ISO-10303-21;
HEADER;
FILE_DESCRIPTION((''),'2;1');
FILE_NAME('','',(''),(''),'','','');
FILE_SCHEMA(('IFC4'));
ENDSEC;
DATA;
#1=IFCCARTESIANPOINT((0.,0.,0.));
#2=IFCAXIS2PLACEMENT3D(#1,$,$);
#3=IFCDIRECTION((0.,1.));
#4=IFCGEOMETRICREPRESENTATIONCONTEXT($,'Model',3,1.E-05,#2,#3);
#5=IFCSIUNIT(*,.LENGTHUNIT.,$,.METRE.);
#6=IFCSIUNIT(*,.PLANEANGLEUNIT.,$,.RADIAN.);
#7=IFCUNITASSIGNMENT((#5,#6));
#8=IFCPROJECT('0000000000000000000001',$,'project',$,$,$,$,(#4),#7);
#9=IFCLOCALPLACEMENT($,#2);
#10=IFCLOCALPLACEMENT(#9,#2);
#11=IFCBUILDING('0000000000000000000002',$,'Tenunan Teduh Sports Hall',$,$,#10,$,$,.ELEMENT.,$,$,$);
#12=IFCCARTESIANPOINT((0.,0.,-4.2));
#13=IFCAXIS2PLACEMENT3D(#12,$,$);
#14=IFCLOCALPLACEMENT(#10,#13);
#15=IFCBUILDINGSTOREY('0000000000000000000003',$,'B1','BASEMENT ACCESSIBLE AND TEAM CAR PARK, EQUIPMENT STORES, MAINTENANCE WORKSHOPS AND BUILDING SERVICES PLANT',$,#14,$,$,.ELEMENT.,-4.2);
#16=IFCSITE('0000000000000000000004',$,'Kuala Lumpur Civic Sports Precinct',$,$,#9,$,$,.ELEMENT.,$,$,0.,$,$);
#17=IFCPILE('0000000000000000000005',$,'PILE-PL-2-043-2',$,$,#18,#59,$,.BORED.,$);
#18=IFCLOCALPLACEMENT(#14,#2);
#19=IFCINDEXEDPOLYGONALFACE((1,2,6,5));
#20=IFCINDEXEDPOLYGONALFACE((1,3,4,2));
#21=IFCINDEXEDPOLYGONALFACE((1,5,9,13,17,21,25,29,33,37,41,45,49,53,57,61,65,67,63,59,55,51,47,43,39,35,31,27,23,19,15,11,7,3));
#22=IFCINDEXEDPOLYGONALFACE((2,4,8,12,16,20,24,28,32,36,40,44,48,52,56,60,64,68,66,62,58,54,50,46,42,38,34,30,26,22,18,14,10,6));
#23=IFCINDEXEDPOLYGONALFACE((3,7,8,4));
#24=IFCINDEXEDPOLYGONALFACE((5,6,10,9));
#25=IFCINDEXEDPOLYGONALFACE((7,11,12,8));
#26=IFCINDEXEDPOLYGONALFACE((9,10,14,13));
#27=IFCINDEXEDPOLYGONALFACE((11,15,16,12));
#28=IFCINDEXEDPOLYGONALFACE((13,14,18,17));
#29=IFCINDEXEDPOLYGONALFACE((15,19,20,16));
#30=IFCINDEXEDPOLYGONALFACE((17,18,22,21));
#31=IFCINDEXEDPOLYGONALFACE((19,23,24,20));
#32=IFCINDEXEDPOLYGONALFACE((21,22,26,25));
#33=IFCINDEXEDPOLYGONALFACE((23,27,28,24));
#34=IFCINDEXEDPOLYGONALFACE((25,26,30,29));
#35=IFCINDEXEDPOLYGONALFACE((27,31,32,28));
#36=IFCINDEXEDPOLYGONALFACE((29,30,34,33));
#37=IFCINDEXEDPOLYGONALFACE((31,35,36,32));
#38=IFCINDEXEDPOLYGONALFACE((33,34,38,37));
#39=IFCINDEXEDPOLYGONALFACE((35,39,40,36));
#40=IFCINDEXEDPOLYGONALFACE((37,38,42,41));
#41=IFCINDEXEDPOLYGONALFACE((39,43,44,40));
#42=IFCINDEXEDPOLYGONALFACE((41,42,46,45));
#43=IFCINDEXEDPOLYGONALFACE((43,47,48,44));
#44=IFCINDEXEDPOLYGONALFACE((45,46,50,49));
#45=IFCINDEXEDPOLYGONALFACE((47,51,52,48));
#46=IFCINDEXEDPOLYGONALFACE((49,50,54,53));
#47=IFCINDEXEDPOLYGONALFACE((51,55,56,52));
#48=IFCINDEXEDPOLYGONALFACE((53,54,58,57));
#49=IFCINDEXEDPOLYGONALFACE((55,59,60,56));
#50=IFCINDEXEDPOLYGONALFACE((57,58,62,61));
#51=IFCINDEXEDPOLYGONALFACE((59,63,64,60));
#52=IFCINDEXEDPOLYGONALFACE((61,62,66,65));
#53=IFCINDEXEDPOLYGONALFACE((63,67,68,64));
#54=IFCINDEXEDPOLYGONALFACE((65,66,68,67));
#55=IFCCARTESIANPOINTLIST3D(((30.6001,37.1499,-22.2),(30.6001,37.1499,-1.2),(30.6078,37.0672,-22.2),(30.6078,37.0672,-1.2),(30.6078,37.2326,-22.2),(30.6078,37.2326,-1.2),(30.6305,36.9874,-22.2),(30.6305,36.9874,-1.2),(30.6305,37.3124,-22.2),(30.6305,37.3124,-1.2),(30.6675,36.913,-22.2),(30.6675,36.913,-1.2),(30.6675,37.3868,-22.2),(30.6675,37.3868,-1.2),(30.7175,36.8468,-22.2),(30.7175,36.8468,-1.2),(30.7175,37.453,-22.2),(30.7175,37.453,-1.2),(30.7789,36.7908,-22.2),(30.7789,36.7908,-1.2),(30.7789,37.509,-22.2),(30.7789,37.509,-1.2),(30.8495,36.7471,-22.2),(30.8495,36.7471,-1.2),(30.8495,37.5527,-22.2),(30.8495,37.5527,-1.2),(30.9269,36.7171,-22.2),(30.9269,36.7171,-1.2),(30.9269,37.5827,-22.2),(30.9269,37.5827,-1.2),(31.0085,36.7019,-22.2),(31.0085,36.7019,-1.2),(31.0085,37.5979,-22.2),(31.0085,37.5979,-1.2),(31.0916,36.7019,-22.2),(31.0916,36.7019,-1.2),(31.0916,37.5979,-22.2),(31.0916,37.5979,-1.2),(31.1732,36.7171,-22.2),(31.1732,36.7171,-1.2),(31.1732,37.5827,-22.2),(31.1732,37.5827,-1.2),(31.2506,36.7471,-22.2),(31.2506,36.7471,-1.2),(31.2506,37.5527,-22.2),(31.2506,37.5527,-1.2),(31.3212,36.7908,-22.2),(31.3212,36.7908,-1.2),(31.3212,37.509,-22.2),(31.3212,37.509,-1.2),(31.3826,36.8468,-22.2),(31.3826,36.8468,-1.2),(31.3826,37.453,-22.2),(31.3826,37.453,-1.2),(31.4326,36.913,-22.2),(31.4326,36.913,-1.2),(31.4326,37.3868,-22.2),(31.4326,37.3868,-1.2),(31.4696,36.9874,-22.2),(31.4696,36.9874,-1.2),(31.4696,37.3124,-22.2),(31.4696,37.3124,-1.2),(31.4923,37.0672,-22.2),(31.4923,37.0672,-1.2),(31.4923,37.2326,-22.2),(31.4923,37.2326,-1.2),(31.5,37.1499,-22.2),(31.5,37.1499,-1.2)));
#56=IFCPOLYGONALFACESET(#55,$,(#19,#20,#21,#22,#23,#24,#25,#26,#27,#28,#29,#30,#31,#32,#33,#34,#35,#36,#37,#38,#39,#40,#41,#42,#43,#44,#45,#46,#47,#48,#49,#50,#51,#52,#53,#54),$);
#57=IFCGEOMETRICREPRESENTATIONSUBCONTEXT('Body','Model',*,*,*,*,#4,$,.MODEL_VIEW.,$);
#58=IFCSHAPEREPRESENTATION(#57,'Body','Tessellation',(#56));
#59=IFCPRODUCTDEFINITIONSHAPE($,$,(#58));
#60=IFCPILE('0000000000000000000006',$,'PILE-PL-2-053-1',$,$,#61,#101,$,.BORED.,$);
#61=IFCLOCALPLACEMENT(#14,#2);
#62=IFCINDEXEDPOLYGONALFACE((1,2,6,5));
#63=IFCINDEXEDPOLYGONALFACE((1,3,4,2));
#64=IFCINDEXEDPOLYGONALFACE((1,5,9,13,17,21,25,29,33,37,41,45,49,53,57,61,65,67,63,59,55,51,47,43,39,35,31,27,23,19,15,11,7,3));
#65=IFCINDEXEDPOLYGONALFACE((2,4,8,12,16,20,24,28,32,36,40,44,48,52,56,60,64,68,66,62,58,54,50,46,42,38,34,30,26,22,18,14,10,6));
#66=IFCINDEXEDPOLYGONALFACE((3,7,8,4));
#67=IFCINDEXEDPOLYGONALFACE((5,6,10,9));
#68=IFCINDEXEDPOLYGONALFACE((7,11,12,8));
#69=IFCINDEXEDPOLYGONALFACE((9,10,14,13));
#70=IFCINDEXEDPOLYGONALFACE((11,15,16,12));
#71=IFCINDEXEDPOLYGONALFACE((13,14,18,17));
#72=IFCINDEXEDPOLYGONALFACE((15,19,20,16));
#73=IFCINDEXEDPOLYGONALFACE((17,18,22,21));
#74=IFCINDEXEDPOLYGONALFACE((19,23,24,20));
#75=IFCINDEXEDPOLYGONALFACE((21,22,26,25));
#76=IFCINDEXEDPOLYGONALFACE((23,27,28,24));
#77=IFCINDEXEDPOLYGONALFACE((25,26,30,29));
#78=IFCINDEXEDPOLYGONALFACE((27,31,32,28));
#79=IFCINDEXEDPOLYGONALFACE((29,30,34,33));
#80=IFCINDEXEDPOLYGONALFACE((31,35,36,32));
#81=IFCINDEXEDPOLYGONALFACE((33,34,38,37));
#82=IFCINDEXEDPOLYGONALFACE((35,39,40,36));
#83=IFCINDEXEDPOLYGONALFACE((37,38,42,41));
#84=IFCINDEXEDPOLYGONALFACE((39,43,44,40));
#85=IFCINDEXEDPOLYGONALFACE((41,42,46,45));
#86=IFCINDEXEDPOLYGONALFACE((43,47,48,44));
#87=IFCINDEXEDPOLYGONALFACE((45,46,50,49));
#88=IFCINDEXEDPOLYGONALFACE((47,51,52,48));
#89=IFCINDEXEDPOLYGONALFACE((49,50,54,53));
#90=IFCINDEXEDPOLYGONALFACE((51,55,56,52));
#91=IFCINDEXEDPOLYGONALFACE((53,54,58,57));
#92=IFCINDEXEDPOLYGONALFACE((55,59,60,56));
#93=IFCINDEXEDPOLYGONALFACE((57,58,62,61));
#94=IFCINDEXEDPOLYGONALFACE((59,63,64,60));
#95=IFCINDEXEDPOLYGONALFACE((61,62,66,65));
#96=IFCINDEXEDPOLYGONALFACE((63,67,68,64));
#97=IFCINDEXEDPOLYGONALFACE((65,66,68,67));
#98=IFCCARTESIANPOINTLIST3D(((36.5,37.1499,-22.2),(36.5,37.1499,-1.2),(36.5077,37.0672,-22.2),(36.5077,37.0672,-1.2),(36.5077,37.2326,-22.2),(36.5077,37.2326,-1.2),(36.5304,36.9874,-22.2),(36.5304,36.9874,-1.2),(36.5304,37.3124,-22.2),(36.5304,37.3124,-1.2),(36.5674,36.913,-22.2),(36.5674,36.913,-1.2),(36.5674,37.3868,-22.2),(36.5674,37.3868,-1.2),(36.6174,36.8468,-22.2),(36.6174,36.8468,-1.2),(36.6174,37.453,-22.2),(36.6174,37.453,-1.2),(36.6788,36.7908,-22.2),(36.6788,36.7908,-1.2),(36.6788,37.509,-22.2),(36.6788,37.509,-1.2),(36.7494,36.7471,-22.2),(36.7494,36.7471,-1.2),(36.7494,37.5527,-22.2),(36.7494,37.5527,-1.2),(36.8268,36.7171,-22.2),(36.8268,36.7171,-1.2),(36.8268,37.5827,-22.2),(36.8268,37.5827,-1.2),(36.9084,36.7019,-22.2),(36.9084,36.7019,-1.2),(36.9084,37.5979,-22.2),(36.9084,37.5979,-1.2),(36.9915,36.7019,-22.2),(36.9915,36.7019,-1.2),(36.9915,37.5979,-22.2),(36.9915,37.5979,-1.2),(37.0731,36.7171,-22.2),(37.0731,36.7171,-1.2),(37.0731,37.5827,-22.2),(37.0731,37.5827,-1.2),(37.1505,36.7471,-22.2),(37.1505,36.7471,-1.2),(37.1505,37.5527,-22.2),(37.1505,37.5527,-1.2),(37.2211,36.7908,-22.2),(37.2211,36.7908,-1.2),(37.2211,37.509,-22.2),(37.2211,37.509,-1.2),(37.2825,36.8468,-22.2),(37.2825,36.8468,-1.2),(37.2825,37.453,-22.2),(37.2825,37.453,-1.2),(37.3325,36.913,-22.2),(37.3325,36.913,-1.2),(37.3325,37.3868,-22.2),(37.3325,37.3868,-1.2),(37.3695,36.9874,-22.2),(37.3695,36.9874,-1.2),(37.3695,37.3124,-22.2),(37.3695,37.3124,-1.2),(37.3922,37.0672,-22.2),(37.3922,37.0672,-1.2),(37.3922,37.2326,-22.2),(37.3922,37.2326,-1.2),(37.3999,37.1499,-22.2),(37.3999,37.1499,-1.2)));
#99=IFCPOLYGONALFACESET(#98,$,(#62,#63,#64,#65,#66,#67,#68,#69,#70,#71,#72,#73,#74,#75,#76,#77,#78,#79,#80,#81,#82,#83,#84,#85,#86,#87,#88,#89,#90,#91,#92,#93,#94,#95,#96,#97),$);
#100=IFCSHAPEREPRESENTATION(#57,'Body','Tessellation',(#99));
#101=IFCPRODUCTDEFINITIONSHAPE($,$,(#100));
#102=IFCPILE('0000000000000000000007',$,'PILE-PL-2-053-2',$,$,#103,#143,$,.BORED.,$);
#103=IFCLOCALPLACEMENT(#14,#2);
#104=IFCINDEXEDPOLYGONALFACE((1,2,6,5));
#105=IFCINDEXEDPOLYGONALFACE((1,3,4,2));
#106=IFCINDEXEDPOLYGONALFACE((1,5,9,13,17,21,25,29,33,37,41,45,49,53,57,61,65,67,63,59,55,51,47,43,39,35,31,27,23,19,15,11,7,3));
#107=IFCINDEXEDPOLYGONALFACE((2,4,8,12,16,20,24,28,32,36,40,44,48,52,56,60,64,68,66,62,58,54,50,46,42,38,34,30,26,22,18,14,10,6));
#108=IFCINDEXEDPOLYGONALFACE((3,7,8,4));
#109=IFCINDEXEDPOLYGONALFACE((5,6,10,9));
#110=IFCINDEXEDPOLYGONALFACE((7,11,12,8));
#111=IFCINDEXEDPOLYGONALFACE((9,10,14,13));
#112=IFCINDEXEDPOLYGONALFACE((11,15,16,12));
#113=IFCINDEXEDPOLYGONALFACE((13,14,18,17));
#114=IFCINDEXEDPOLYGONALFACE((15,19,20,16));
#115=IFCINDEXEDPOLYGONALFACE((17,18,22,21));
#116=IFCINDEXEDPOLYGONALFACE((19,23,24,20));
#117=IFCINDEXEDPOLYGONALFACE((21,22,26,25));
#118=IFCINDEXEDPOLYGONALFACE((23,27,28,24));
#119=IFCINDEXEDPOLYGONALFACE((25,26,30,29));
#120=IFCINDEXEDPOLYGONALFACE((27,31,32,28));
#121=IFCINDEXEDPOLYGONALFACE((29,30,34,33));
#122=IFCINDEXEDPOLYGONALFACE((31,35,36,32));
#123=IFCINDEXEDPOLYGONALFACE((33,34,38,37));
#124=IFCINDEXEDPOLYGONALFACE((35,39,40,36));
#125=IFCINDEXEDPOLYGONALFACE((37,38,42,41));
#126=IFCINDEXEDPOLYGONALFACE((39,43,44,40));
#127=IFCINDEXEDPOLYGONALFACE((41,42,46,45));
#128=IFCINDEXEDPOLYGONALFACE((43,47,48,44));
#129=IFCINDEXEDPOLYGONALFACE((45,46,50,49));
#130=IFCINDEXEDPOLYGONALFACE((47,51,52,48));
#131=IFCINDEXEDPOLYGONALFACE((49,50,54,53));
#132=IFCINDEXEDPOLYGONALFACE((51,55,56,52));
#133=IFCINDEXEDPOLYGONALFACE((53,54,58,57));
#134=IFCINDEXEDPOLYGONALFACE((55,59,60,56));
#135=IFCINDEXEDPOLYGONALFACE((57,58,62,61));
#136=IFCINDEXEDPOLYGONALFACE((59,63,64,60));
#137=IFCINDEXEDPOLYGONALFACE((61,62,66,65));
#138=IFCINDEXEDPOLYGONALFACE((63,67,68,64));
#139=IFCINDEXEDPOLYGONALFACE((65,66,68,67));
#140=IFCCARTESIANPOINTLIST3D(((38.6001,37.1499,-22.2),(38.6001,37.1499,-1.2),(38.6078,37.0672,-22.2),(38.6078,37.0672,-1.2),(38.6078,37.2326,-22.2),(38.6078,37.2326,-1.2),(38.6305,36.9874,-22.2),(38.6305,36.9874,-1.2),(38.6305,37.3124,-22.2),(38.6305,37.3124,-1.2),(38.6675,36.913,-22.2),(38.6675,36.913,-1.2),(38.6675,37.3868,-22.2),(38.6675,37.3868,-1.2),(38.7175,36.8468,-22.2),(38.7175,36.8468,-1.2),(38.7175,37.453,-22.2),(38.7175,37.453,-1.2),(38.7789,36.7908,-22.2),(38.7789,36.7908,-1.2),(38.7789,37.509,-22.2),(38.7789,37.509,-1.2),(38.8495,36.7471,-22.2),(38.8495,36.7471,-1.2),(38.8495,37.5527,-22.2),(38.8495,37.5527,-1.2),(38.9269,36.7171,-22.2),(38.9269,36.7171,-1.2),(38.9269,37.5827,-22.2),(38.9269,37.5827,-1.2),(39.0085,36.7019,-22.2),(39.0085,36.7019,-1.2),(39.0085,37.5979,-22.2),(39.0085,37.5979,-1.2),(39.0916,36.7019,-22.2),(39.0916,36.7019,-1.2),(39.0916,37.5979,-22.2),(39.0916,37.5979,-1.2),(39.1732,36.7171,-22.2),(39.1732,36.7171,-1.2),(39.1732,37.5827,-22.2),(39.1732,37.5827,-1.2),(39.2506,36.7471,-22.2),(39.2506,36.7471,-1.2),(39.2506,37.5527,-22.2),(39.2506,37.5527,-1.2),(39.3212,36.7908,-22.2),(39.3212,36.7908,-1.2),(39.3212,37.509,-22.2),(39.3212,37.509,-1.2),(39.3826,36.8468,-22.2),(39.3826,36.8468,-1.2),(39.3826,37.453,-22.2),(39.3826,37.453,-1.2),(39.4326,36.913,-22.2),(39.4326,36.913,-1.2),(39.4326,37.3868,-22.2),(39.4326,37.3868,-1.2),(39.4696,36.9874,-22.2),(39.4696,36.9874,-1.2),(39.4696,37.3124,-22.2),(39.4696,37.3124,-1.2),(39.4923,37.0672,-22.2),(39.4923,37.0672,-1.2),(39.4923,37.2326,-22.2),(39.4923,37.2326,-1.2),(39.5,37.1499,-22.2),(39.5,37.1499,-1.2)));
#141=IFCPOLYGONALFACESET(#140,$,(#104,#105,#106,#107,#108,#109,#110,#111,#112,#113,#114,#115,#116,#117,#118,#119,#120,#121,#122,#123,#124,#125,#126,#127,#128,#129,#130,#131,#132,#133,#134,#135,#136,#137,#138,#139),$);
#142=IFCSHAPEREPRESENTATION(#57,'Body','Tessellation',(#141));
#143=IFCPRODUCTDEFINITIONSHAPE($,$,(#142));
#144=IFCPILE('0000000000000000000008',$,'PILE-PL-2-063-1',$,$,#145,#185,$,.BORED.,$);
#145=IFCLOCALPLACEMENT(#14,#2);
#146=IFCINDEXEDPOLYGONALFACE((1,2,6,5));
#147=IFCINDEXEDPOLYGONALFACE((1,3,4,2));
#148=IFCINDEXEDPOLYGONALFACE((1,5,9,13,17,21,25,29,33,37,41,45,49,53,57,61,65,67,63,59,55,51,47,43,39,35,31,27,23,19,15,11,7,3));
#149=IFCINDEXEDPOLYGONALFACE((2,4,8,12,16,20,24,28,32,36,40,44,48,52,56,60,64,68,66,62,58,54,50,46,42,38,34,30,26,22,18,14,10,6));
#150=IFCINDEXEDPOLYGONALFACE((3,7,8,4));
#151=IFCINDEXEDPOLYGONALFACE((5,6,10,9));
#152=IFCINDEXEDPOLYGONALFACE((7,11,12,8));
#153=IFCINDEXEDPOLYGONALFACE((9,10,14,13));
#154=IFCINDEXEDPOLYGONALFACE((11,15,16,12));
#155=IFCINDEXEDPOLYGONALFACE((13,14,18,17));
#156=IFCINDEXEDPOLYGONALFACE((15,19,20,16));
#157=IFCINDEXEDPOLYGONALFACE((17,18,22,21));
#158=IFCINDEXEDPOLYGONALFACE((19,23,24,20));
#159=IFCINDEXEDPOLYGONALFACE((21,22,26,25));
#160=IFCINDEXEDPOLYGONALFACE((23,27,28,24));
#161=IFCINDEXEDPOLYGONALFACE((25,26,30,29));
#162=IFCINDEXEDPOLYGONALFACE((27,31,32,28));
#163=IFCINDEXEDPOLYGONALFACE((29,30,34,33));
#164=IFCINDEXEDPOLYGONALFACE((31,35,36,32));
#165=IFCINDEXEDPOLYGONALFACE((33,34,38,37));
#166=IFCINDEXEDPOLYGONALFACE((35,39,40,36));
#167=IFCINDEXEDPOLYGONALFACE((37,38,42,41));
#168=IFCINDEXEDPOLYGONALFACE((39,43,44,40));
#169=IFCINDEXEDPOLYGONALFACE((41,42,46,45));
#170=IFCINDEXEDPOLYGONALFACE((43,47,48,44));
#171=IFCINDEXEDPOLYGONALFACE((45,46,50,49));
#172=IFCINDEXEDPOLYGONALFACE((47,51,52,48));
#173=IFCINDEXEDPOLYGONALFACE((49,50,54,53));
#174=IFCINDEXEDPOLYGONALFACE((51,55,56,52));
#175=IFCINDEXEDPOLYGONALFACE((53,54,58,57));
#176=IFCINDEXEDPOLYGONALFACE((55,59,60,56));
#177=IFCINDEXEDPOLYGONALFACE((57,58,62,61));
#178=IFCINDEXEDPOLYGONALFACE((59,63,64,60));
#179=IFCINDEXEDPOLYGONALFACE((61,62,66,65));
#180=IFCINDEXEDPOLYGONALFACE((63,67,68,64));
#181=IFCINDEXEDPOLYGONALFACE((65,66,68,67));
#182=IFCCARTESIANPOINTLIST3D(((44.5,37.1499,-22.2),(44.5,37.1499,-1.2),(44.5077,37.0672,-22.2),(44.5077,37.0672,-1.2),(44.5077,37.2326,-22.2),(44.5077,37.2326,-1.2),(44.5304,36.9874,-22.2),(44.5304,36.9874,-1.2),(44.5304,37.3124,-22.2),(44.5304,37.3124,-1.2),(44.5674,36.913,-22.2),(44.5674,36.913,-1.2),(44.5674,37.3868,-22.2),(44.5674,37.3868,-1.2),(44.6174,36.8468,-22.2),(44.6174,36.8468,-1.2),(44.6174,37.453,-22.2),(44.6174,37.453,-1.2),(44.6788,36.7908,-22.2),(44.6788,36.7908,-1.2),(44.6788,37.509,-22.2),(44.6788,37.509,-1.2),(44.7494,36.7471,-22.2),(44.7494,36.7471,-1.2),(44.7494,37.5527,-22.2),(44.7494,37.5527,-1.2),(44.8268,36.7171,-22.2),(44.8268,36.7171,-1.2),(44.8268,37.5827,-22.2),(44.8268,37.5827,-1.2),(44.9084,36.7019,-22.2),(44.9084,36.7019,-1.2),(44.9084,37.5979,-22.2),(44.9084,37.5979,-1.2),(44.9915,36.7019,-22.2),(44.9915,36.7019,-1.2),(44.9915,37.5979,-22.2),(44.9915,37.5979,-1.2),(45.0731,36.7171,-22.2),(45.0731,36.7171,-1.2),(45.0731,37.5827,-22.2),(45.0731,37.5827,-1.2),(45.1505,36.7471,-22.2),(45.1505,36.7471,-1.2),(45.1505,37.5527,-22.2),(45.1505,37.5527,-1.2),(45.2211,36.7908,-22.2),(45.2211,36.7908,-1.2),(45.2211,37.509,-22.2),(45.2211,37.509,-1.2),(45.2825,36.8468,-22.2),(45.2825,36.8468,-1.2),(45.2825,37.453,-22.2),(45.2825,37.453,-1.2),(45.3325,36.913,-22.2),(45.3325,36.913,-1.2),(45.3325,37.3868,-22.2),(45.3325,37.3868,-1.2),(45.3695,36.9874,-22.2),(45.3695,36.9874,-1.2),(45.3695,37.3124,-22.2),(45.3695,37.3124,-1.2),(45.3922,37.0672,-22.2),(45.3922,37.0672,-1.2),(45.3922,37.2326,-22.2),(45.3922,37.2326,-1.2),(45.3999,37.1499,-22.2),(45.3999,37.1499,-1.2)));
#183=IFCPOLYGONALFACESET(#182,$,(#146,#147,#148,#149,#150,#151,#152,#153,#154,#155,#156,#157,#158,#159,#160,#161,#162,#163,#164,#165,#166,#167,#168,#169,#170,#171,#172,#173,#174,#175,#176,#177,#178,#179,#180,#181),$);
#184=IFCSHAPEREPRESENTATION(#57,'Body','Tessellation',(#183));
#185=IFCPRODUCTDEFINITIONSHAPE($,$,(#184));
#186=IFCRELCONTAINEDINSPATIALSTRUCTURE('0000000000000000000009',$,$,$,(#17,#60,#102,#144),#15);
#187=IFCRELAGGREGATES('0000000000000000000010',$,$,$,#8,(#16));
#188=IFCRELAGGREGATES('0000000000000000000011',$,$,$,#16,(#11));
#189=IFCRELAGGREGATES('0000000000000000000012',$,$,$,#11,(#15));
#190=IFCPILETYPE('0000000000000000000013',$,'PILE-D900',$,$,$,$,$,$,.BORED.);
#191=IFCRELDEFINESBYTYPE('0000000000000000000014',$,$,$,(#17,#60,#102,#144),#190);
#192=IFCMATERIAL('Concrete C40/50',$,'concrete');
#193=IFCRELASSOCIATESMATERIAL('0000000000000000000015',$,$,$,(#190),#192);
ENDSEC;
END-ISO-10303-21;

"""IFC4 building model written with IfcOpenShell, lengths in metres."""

from ifc_helpers import new_model, si_unit, direction, frame, origin, origin_2d, place, context, subcontext, project, spatial, circle, extrude, material, material_profile, profile_set, type_object, element, save


model = new_model("IFC4")

# Units and contexts
model_context = context("Model", 3, precision=1e-05, world=origin(), true_north=direction((0.0, 1.0)))
body_context = subcontext(model_context, "Body", "Model", "MODEL_VIEW")
ifc_project = project(units=[si_unit("LENGTHUNIT", "METRE"), si_unit("PLANEANGLEUNIT", "RADIAN")], contexts=[model_context])

# Site, building, storey
site_placement = place(None, origin())
site = spatial("IfcSite", under=ifc_project, at=site_placement, Name="Kuala Lumpur Civic Sports Precinct", CompositionType="ELEMENT", RefElevation=0.0)
building_placement = place(site_placement, origin())
building = spatial("IfcBuilding", under=site, at=building_placement, Name="Tenunan Teduh Sports Hall", CompositionType="ELEMENT")
storey_placement = place(building_placement, frame((0.0, 0.0, -4.2)))
storey = spatial("IfcBuildingStorey", under=building, at=storey_placement, Name="B1", Description="BASEMENT ACCESSIBLE AND TEAM CAR PARK, EQUIPMENT STORES, MAINTENANCE WORKSHOPS AND BUILDING SERVICES PLANT", CompositionType="ELEMENT", Elevation=-4.2)

# Piles
ifc_material_1 = material(Name="Concrete C40/50", Category="concrete")
ifc_material_profile_1 = material_profile(ifc_material_1, circle(Radius=0.45, at=origin_2d()), Name="PILE D900")
ifc_profile_set_1 = profile_set([ifc_material_profile_1], Name="Concrete C40/50")
pile_type_1 = type_object("IfcPileType", Name="PILE-D900", PredefinedType="BORED", material=ifc_profile_set_1)
for number, where, z_axis, x_axis, name in (
    (1, (31.05, 37.1499, -1.2), (0.0, 0.0, -1.0), (1.0, 0.0, 0.0), "PILE-PL-2-043-2"),
    (2, (36.95, 37.1499, -1.2), (0.0, 0.0, -1.0), (1.0, 0.0, 0.0), "PILE-PL-2-053-1"),
    (3, (39.05, 37.1499, -1.2), (0.0, 0.0, -1.0), (1.0, 0.0, 0.0), "PILE-PL-2-053-2"),
    (4, (44.95, 37.1499, -1.2), (0.0, 0.0, -1.0), (1.0, 0.0, 0.0), "PILE-PL-2-063-1"),
):
    element("IfcPile", number, at=place(storey_placement, frame(where, z_axis=z_axis, x_axis=x_axis)), inside=storey, type_object=pile_type_1, Name=name, PredefinedType="BORED", context=body_context, shape_type="SweptSolid", body=[
        extrude(circle(Radius=0.45, at=origin_2d()), origin(), (0.0, 0.0, 1.0), 21.0),
    ])

save(model, "model.ifc")
